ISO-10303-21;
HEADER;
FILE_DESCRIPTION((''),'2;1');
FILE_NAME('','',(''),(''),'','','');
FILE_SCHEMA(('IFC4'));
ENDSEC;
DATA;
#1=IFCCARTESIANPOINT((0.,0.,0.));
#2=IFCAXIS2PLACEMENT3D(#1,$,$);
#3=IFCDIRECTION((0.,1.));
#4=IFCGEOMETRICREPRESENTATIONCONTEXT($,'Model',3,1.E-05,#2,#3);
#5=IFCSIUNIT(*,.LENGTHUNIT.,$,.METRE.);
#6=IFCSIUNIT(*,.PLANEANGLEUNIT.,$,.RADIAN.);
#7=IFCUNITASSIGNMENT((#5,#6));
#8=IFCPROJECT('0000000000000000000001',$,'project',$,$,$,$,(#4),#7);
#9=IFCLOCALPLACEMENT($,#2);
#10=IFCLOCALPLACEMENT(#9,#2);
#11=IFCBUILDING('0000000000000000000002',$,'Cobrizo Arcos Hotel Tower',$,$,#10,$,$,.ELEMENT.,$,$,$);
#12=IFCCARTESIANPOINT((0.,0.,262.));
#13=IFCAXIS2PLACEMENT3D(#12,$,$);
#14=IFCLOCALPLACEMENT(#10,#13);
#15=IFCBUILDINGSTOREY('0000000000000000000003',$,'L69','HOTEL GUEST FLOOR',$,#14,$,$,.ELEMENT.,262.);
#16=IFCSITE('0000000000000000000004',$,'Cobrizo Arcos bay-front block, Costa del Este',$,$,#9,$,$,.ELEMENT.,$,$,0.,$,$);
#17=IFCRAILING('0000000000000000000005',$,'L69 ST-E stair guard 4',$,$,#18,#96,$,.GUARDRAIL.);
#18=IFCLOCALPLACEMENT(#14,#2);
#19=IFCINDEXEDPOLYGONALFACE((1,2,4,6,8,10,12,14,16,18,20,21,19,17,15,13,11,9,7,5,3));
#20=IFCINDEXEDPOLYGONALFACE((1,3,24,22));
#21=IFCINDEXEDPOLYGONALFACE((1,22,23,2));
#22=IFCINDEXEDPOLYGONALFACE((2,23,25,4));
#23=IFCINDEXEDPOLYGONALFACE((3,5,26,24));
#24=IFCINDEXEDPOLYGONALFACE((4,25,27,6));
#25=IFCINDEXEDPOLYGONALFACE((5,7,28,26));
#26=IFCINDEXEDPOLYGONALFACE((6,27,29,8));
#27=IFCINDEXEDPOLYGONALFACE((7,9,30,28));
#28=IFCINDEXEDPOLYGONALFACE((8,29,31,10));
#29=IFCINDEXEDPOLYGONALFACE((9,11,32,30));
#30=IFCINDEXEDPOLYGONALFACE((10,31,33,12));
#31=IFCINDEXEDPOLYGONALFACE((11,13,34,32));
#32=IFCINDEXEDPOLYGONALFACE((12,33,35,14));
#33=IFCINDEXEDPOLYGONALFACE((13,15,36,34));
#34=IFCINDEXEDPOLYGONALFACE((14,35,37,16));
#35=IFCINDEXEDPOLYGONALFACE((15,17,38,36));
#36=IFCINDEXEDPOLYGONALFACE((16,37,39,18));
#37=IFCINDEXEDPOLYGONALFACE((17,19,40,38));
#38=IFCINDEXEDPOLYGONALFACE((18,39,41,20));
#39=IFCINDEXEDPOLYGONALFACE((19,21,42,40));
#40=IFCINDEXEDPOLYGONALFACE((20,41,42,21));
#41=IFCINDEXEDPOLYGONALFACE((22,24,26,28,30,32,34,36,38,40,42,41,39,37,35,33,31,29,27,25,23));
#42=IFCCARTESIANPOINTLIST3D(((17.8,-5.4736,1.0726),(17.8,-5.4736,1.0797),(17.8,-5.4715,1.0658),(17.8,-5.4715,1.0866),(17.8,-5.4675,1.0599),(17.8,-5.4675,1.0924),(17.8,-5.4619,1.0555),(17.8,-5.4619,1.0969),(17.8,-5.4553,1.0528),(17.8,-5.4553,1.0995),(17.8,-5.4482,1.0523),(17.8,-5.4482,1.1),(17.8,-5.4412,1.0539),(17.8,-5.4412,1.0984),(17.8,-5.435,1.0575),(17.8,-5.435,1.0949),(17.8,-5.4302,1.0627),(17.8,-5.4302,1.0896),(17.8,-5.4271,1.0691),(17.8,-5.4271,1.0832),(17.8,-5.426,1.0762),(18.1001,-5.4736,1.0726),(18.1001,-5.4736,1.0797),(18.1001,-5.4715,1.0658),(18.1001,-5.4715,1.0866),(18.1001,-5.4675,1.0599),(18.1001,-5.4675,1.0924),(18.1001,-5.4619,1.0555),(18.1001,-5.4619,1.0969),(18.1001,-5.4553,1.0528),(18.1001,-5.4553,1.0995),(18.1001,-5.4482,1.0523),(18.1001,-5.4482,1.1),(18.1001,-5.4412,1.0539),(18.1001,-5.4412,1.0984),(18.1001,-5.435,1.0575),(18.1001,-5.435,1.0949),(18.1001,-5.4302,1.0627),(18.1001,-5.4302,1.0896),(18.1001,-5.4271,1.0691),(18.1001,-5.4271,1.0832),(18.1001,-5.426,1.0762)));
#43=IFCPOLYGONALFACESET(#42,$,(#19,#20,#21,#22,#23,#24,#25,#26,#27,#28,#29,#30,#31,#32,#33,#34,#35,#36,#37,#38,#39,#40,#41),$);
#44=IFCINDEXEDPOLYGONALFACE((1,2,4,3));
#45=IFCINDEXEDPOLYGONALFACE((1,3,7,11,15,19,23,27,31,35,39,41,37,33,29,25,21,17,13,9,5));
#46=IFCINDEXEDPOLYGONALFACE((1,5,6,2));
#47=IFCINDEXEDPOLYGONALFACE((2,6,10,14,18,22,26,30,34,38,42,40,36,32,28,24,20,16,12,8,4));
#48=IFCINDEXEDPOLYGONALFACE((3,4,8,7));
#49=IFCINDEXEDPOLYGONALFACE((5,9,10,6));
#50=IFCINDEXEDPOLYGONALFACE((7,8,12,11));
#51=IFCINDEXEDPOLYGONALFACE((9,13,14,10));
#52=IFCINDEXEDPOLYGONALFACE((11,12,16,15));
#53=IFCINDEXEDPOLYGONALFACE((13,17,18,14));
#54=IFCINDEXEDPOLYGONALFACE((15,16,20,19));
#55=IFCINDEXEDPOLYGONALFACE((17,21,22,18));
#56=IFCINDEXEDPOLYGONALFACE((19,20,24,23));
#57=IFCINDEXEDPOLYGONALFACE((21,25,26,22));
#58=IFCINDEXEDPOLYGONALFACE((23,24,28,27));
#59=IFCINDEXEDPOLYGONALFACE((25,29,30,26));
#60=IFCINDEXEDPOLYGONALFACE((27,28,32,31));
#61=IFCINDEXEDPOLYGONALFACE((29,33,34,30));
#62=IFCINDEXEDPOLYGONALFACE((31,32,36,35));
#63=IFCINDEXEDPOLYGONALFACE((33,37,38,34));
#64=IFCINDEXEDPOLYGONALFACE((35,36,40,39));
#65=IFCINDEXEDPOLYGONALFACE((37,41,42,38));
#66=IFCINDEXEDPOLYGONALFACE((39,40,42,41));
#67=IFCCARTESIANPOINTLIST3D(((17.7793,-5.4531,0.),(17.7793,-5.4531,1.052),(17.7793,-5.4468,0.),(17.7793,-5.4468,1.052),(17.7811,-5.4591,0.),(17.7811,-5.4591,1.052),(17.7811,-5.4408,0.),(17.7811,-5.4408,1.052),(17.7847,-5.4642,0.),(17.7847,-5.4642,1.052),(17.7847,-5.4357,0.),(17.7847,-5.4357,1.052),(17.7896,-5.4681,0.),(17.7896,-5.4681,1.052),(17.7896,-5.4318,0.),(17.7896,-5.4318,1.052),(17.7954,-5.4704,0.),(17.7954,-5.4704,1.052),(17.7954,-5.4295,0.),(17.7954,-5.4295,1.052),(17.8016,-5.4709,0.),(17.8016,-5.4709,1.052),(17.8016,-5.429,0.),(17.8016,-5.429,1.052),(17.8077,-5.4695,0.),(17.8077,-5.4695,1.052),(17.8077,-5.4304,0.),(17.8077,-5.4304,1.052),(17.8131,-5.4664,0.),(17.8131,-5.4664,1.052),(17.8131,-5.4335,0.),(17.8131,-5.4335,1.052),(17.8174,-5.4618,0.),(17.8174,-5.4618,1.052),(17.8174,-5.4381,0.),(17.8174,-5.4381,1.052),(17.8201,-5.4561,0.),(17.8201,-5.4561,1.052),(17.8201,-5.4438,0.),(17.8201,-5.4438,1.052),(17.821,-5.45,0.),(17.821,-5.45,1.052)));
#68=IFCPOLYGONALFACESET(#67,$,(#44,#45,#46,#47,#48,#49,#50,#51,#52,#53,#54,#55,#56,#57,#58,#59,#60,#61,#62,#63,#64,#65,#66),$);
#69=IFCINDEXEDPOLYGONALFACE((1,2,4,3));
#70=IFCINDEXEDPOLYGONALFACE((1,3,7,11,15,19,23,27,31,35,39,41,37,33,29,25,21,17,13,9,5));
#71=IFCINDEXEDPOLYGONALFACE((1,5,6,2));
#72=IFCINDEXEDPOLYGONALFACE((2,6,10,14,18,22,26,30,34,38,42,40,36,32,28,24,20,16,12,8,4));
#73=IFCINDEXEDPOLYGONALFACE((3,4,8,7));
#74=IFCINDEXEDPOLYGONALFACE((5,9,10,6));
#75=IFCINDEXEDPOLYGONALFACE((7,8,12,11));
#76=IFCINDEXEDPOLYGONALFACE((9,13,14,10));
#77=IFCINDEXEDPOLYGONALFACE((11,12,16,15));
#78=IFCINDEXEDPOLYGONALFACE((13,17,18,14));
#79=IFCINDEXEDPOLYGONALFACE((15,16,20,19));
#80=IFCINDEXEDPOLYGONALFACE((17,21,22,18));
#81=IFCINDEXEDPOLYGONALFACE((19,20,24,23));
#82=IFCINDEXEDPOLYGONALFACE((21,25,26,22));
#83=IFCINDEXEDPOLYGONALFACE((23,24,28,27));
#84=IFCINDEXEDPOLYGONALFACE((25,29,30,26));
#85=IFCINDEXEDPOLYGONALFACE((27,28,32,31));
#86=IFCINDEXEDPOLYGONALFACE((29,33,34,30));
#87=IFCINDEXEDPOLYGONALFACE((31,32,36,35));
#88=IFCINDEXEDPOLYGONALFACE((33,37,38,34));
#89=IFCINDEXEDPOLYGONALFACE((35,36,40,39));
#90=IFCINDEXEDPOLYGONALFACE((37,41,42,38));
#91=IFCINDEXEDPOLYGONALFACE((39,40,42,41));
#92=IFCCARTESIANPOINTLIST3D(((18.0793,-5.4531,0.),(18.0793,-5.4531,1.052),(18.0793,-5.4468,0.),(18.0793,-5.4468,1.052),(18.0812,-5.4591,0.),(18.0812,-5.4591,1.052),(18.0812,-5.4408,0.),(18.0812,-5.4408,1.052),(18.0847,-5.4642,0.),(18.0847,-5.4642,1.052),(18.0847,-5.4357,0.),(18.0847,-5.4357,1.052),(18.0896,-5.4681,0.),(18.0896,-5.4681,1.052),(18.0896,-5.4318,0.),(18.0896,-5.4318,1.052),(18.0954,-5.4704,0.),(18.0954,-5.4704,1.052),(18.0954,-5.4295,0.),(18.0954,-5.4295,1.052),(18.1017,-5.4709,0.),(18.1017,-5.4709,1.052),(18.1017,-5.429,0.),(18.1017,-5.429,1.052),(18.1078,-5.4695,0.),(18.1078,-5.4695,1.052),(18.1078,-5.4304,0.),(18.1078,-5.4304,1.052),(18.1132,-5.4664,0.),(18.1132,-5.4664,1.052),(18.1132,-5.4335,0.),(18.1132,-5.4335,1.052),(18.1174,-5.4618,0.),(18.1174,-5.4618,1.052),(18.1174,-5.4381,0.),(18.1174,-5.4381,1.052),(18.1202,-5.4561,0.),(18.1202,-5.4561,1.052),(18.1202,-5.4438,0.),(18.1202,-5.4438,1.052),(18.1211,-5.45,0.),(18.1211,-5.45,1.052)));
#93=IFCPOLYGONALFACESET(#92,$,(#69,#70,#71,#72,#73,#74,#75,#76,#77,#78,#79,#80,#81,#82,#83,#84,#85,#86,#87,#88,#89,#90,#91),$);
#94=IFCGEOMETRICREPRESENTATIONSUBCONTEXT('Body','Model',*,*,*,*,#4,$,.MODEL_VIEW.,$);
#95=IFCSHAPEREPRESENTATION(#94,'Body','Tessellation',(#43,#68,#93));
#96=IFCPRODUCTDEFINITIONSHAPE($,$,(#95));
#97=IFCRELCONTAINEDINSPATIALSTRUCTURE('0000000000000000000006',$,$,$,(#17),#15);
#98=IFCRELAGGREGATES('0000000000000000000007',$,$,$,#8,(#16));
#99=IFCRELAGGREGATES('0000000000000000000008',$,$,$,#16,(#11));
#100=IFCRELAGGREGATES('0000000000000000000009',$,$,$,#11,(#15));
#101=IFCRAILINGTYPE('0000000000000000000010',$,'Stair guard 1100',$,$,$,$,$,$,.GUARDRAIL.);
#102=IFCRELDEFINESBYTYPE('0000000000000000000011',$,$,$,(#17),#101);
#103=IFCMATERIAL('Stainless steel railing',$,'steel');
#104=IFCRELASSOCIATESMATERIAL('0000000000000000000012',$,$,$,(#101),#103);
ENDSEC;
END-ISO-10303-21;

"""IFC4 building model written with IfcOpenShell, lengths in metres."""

from ifc_helpers import new_model, si_unit, direction, frame, origin, origin_2d, place, context, subcontext, project, spatial, circle, extrude, material, type_object, element, save


model = new_model("IFC4")

# Units and contexts
model_context = context("Model", 3, precision=1e-05, world=origin(), true_north=direction((0.0, 1.0)))
body_context = subcontext(model_context, "Body", "Model", "MODEL_VIEW")
ifc_project = project(units=[si_unit("LENGTHUNIT", "METRE"), si_unit("PLANEANGLEUNIT", "RADIAN")], contexts=[model_context])

# Site, building, storey
site_placement = place(None, origin())
site = spatial("IfcSite", under=ifc_project, at=site_placement, Name="Cobrizo Arcos bay-front block, Costa del Este", CompositionType="ELEMENT", RefElevation=0.0)
building_placement = place(site_placement, origin())
building = spatial("IfcBuilding", under=site, at=building_placement, Name="Cobrizo Arcos Hotel Tower", CompositionType="ELEMENT")
storey_placement = place(building_placement, frame((0.0, 0.0, 262.0)))
storey = spatial("IfcBuildingStorey", under=building, at=storey_placement, Name="L69", Description="HOTEL GUEST FLOOR", CompositionType="ELEMENT", Elevation=262.0)

# Railing
ifc_material_1 = material(Name="Stainless steel railing", Category="steel")
railing_type_1 = type_object("IfcRailingType", Name="Stair guard 1100", PredefinedType="GUARDRAIL", material=ifc_material_1)
railing_1_placement = place(storey_placement, frame((17.8, -5.45, 0.0)))
element("IfcRailing", 1, at=railing_1_placement, inside=storey, type_object=railing_type_1, Name="L69 ST-E stair guard 4", PredefinedType="GUARDRAIL", context=body_context, shape_type="SweptSolid", body=[
    extrude(circle(Radius=0.0239, at=origin_2d()), frame((0.0, 0.0, 1.0762), z_axis=(1.0, 0.0, 0.0), x_axis=(0.0, 1.0, 0.0)), (0.0, 0.0, 1.0), 0.3),
    extrude(circle(Radius=0.021, at=origin_2d()), origin(), (0.0, 0.0, 1.0), 1.052),
    extrude(circle(Radius=0.021, at=origin_2d()), frame((0.3, 0.0, 0.0)), (0.0, 0.0, 1.0), 1.052),
])

save(model, "model.ifc")
